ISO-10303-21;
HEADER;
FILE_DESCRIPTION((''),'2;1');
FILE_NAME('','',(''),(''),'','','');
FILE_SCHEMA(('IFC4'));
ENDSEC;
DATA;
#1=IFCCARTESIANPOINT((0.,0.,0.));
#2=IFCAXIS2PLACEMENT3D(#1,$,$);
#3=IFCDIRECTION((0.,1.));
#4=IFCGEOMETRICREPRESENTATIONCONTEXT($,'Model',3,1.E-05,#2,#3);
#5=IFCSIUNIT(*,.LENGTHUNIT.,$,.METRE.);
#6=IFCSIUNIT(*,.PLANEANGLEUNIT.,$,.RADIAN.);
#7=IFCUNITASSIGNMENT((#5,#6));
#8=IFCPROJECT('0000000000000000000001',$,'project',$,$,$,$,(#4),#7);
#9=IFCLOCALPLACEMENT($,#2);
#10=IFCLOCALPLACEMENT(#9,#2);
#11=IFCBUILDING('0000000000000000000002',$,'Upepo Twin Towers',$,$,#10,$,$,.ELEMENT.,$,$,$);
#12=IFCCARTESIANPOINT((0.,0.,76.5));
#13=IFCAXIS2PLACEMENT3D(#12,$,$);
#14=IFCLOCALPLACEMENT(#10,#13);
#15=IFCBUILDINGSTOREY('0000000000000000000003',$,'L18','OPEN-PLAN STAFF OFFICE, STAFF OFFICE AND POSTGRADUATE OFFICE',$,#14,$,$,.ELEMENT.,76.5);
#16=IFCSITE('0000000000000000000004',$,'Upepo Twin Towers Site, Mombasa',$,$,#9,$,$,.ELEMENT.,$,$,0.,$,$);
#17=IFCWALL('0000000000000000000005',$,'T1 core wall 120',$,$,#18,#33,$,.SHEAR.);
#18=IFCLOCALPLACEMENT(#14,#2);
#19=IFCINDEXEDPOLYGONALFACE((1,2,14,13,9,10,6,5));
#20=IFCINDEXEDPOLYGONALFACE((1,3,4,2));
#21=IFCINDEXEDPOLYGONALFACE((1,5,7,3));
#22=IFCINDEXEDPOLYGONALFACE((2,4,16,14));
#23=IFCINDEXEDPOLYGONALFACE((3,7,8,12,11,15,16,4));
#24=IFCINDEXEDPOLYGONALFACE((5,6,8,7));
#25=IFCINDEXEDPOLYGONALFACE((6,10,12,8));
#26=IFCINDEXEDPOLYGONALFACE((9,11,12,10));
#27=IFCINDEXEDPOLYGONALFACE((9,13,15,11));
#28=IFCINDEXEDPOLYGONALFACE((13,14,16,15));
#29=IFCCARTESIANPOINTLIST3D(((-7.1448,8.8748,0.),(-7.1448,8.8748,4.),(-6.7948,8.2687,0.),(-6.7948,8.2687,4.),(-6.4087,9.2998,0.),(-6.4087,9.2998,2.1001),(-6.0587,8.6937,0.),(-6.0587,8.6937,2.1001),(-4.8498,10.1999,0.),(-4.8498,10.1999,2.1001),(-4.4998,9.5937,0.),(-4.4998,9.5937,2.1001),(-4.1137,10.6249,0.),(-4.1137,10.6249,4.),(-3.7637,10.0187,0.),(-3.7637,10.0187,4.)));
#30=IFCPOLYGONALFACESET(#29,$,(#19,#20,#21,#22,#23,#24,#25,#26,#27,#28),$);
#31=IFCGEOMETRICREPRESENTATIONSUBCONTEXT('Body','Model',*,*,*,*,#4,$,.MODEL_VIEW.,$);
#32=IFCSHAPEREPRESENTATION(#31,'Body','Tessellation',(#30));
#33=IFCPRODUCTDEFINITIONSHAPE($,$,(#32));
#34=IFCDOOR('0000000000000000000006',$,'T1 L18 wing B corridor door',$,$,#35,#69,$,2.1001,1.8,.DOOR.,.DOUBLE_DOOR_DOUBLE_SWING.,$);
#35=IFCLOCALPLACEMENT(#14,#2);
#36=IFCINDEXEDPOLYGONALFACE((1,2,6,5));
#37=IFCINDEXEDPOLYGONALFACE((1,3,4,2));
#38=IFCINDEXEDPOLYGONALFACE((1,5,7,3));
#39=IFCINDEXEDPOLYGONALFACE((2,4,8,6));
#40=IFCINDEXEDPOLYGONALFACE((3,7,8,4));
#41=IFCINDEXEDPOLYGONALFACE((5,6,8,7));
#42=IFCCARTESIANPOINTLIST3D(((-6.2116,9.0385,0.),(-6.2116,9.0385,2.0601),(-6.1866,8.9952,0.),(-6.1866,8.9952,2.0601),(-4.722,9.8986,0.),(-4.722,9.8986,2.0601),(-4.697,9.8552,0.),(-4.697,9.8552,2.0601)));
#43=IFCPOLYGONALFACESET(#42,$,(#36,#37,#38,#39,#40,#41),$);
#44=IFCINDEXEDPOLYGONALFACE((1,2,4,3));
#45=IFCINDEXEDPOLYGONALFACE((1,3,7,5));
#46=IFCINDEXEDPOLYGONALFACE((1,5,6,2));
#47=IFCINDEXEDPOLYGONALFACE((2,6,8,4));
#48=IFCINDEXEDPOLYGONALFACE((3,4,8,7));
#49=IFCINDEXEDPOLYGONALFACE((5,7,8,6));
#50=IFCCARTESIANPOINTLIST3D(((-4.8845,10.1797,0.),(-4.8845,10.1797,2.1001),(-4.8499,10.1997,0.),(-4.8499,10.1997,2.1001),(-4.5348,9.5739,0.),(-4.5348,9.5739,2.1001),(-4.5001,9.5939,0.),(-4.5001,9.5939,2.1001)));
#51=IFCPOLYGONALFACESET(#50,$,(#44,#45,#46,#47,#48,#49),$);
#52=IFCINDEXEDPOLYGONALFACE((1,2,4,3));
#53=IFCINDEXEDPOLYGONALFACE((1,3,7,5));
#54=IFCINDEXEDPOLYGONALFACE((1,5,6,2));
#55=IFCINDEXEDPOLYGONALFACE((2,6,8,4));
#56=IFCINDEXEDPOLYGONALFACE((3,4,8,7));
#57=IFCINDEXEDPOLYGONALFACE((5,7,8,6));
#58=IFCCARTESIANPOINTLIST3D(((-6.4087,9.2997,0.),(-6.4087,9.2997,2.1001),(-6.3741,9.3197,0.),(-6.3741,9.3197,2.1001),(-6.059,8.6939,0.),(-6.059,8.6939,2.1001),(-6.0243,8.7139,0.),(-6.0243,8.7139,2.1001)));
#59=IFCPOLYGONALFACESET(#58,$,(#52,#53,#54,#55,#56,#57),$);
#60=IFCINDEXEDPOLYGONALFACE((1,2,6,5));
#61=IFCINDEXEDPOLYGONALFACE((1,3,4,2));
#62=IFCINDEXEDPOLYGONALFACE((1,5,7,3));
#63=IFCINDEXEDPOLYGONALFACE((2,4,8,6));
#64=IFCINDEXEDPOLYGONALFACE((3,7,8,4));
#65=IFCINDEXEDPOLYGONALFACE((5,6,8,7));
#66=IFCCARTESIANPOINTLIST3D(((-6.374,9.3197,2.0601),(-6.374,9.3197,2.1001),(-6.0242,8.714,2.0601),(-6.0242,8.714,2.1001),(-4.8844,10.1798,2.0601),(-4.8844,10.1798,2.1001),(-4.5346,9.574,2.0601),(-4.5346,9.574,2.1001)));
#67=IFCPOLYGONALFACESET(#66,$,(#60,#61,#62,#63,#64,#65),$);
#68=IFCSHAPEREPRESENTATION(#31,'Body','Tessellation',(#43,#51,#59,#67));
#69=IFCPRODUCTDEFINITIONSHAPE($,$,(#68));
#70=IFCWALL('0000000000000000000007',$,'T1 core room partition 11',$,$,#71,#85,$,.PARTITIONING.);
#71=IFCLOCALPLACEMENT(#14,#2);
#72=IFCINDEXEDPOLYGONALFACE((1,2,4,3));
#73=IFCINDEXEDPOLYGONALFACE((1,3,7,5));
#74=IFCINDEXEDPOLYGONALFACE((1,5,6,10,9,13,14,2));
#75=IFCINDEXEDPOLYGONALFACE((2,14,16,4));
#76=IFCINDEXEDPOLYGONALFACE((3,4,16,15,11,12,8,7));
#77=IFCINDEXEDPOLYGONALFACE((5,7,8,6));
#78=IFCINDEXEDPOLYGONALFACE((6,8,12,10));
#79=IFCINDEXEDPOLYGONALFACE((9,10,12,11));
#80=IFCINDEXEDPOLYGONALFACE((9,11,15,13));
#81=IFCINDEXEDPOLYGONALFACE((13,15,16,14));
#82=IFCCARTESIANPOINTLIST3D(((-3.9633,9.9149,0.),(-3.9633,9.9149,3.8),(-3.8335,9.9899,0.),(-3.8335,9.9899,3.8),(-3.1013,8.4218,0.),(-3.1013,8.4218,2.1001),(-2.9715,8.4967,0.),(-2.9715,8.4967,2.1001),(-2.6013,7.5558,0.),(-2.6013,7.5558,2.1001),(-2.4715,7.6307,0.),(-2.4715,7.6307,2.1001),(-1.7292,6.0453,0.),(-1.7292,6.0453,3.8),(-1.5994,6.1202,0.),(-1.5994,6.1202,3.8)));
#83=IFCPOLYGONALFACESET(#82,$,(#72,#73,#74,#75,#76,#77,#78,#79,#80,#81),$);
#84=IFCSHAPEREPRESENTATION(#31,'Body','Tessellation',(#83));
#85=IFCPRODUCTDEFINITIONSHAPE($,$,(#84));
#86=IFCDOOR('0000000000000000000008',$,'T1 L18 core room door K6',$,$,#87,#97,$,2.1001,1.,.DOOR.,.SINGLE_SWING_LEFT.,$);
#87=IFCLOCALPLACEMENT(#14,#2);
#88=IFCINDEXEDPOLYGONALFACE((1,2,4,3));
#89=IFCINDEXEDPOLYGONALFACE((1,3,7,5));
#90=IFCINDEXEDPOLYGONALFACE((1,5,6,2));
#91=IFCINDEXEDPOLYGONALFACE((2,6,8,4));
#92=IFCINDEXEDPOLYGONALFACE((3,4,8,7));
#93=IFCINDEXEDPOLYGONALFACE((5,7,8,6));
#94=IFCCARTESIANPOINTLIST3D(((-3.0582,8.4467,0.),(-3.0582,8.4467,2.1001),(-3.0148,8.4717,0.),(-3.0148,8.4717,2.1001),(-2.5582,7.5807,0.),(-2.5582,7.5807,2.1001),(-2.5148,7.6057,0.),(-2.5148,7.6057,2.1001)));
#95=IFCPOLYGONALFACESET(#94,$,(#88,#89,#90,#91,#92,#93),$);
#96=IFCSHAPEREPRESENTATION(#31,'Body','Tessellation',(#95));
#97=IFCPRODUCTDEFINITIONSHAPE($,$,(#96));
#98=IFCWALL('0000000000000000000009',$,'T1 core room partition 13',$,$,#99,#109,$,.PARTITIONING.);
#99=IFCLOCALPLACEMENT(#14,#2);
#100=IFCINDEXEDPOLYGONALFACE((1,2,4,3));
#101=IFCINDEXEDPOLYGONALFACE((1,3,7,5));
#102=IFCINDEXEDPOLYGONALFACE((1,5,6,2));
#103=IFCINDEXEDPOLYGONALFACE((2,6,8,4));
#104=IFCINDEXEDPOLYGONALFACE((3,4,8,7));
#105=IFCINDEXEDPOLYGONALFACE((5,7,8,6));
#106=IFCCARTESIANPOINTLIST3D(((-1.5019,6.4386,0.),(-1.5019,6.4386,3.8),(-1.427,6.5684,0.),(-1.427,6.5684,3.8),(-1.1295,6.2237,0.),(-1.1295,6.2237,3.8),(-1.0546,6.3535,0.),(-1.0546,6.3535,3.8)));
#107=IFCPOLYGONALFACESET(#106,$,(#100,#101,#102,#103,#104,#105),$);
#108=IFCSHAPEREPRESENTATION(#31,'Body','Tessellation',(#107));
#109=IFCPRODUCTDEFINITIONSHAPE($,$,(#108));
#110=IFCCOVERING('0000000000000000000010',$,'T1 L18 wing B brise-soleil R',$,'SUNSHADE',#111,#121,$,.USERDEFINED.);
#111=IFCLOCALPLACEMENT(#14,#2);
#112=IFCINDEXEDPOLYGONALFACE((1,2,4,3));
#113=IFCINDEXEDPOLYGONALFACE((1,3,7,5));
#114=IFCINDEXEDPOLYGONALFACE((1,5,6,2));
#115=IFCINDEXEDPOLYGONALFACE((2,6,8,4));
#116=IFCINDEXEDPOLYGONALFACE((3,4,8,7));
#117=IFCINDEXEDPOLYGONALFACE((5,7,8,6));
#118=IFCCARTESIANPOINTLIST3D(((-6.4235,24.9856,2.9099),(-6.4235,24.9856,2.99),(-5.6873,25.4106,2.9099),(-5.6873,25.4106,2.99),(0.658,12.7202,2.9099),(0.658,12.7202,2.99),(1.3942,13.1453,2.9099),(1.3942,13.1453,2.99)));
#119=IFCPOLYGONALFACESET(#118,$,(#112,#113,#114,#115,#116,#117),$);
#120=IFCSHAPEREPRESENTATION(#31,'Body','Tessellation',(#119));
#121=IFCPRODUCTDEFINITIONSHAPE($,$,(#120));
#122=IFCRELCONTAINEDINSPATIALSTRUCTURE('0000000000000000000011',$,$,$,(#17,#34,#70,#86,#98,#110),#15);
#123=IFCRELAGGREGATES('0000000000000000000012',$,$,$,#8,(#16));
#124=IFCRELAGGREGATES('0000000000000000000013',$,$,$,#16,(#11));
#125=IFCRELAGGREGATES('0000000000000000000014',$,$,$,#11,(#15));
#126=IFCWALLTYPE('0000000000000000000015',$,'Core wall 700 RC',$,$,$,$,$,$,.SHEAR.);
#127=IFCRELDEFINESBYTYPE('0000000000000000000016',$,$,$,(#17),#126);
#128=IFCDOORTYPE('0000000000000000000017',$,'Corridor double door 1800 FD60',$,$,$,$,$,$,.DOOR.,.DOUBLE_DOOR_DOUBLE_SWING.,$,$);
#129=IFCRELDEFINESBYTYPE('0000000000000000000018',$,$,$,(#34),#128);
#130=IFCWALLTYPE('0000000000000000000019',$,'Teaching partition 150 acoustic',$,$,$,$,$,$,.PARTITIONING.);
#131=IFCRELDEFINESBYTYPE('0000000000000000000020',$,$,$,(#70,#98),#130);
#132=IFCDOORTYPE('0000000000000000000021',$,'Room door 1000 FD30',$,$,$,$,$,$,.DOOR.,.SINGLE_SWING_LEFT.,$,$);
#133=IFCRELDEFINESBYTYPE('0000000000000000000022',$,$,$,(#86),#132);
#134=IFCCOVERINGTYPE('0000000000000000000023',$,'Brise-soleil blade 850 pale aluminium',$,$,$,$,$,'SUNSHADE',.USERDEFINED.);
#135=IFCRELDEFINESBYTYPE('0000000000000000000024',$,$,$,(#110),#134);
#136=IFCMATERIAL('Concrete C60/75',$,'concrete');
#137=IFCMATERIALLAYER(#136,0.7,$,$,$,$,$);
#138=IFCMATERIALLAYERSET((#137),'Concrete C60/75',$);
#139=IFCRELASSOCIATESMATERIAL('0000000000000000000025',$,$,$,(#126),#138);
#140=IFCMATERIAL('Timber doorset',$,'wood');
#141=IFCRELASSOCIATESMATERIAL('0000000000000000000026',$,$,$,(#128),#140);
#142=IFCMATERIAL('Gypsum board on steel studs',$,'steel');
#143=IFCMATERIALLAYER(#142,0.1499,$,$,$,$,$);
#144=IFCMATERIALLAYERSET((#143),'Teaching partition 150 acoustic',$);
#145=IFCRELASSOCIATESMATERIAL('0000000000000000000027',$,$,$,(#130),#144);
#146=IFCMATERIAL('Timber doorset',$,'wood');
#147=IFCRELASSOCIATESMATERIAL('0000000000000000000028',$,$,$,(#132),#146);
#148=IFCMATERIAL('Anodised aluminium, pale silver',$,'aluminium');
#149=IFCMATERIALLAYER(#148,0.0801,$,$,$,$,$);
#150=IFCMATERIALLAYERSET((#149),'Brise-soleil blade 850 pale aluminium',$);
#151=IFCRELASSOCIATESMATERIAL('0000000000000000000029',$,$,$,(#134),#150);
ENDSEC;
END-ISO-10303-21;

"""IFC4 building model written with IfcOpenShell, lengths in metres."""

from ifc_helpers import new_model, si_unit, direction, frame, frame_2d, origin, origin_2d, place, context, subcontext, project, spatial, rectangle, extrude, material, layer, layer_set, type_object, element, fill, save


model = new_model("IFC4")

# Units and contexts
model_context = context("Model", 3, precision=1e-05, world=origin(), true_north=direction((0.0, 1.0)))
body_context = subcontext(model_context, "Body", "Model", "MODEL_VIEW")
ifc_project = project(units=[si_unit("LENGTHUNIT", "METRE"), si_unit("PLANEANGLEUNIT", "RADIAN")], contexts=[model_context])

# Site, building, storey
site_placement = place(None, origin())
site = spatial("IfcSite", under=ifc_project, at=site_placement, Name="Upepo Twin Towers Site, Mombasa", CompositionType="ELEMENT", RefElevation=0.0)
building_placement = place(site_placement, origin())
building = spatial("IfcBuilding", under=site, at=building_placement, Name="Upepo Twin Towers", CompositionType="ELEMENT")
storey_placement = place(building_placement, frame((0.0, 0.0, 76.5)))
storey = spatial("IfcBuildingStorey", under=building, at=storey_placement, Name="L18", Description="OPEN-PLAN STAFF OFFICE, STAFF OFFICE AND POSTGRADUATE OFFICE", CompositionType="ELEMENT", Elevation=76.5)

# Shared definitions
ifc_material_1 = material(Name="Concrete C60/75", Category="concrete")
ifc_layer_1 = layer(ifc_material_1, 0.7)
ifc_layer_set_1 = layer_set([ifc_layer_1], Name="Concrete C60/75")
wall_type_1 = type_object("IfcWallType", Name="Core wall 700 RC", PredefinedType="SHEAR", material=ifc_layer_set_1)

# Walls, openings, doors
wall_1_placement = place(storey_placement, frame((-3.9387, 10.3218, 0.0), z_axis=(0.0, 0.0, 1.0), x_axis=(-0.866019, -0.50001, 0.0)))
wall_1 = element("IfcWall", 1, at=wall_1_placement, inside=storey, type_object=wall_type_1, Name="T1 core wall 120", PredefinedType="SHEAR", context=body_context, shape_type="SweptSolid", body=[
    extrude(rectangle(XDim=3.5, YDim=0.7, at=frame_2d((1.75, 0.0))), origin(), (0.0, 0.0, 1.0), 4.0),
])
opening_1_placement = place(wall_1_placement, frame((0.8501, 0.0, 0.0)))
opening_1 = element("IfcOpeningElement", 2, at=opening_1_placement, cuts=wall_1, PredefinedType="OPENING", context=body_context, shape_type="SweptSolid", body=[
    extrude(rectangle(XDim=1.8, YDim=2.1001, at=frame_2d((0.8999, 1.05))), frame((0.0, 0.3599, 0.0), z_axis=(0.0, -1.0, 0.0), x_axis=(1.0, 0.0, 0.0)), (0.0, 0.0, 1.0), 0.72),
])
ifc_material_2 = material(Name="Timber doorset", Category="wood")
door_type_1 = type_object("IfcDoorType", Name="Corridor double door 1800 FD60", OperationType="DOUBLE_DOOR_DOUBLE_SWING", PredefinedType="DOOR", material=ifc_material_2)
door_1_placement = place(opening_1_placement, origin())
door_1 = element("IfcDoor", 3, at=door_1_placement, inside=storey, type_object=door_type_1, Name="T1 L18 wing B corridor door", OperationType="DOUBLE_DOOR_DOUBLE_SWING", OverallHeight=2.1001, OverallWidth=1.8, PredefinedType="DOOR", context=body_context, shape_type="SweptSolid", body=[
    extrude(rectangle(XDim=1.72, YDim=2.0601, at=frame_2d((0.8999, 1.03))), frame((0.0, 0.0249, 0.0), z_axis=(0.0, -1.0, 0.0), x_axis=(1.0, 0.0, 0.0)), (0.0, 0.0, 1.0), 0.05),
    extrude(rectangle(XDim=0.04, YDim=2.1001, at=frame_2d((0.02, 1.05))), frame((0.0, 0.3496, 0.0), z_axis=(0.0, -1.0, 0.0), x_axis=(1.0, 0.0, 0.0)), (0.0, 0.0, 1.0), 0.6995),
    extrude(rectangle(XDim=0.04, YDim=2.1001, at=frame_2d((1.78, 1.05))), frame((0.0, 0.3496, 0.0), z_axis=(0.0, -1.0, 0.0), x_axis=(1.0, 0.0, 0.0)), (0.0, 0.0, 1.0), 0.6995),
    extrude(rectangle(XDim=1.72, YDim=0.04, at=frame_2d((0.8999, 2.0801))), frame((0.0, 0.3496, 0.0), z_axis=(0.0, -1.0, 0.0), x_axis=(1.0, 0.0, 0.0)), (0.0, 0.0, 1.0), 0.6995),
])
fill(opening_1, door_1)
ifc_material_3 = material(Name="Gypsum board on steel studs", Category="steel")
ifc_layer_2 = layer(ifc_material_3, 0.1499)
ifc_layer_set_2 = layer_set([ifc_layer_2], Name="Teaching partition 150 acoustic")
wall_type_2 = type_object("IfcWallType", Name="Teaching partition 150 acoustic", PredefinedType="PARTITIONING", material=ifc_layer_set_2)
wall_2_placement = place(storey_placement, frame((-3.8984, 9.9524, 0.0), z_axis=(0.0, 0.0, 1.0), x_axis=(0.5, -0.866025, 0.0)))
wall_2 = element("IfcWall", 4, at=wall_2_placement, inside=storey, type_object=wall_type_2, Name="T1 core room partition 11", PredefinedType="PARTITIONING", context=body_context, shape_type="SweptSolid", body=[
    extrude(rectangle(XDim=4.4683, YDim=0.1499, at=frame_2d((2.2341, 0.0))), origin(), (0.0, 0.0, 1.0), 3.8),
])
opening_2_placement = place(wall_2_placement, frame((1.7241, 0.0, 0.0)))
opening_2 = element("IfcOpeningElement", 5, at=opening_2_placement, cuts=wall_2, PredefinedType="OPENING", context=body_context, shape_type="SweptSolid", body=[
    extrude(rectangle(XDim=1.0, YDim=2.1001, at=frame_2d((0.5, 1.05))), frame((0.0, 0.085, 0.0), z_axis=(0.0, -1.0, 0.0), x_axis=(1.0, 0.0, 0.0)), (0.0, 0.0, 1.0), 0.1699),
])
ifc_material_4 = material(Name="Timber doorset", Category="wood")
door_type_2 = type_object("IfcDoorType", Name="Room door 1000 FD30", OperationType="SINGLE_SWING_LEFT", PredefinedType="DOOR", material=ifc_material_4)
door_2_placement = place(opening_2_placement, origin())
door_2 = element("IfcDoor", 6, at=door_2_placement, inside=storey, type_object=door_type_2, Name="T1 L18 core room door K6", OperationType="SINGLE_SWING_LEFT", OverallHeight=2.1001, OverallWidth=1.0, PredefinedType="DOOR", context=body_context, shape_type="SweptSolid", body=[
    extrude(rectangle(XDim=1.0, YDim=2.1001, at=frame_2d((0.5, 1.05))), frame((0.0, 0.0249, 0.0), z_axis=(0.0, -1.0, 0.0), x_axis=(1.0, 0.0, 0.0)), (0.0, 0.0, 1.0), 0.05),
])
fill(opening_2, door_2)

# Wall
wall_3_placement = place(storey_placement, frame((-1.4644, 6.5034, 0.0), z_axis=(0.0, 0.0, 1.0), x_axis=(0.866138, -0.499804, 0.0)))
element("IfcWall", 7, at=wall_3_placement, inside=storey, type_object=wall_type_2, Name="T1 core room partition 13", PredefinedType="PARTITIONING", context=body_context, shape_type="SweptSolid", body=[
    extrude(rectangle(XDim=0.4299, YDim=0.1499, at=frame_2d((0.2148, 0.0))), origin(), (0.0, 0.0, 1.0), 3.8),
])

# Covering
ifc_material_5 = material(Name="Anodised aluminium, pale silver", Category="aluminium")
ifc_layer_3 = layer(ifc_material_5, 0.0801)
ifc_layer_set_3 = layer_set([ifc_layer_3], Name="Brise-soleil blade 850 pale aluminium")
covering_type = type_object("IfcCoveringType", Name="Brise-soleil blade 850 pale aluminium", ElementType="SUNSHADE", PredefinedType="USERDEFINED", material=ifc_layer_set_3)
covering_placement = place(storey_placement, frame((-2.5146, 19.0654, 2.9099), z_axis=(0.0, 0.0, 1.0), x_axis=(-0.5, 0.866025, 0.0)))
element("IfcCovering", 8, at=covering_placement, inside=storey, type_object=covering_type, Name="T1 L18 wing B brise-soleil R", ObjectType="SUNSHADE", PredefinedType="USERDEFINED", context=body_context, shape_type="SweptSolid", body=[
    extrude(rectangle(XDim=14.1628, YDim=0.8501, at=origin_2d()), origin(), (0.0, 0.0, 1.0), 0.0801),
])

save(model, "model.ifc")
